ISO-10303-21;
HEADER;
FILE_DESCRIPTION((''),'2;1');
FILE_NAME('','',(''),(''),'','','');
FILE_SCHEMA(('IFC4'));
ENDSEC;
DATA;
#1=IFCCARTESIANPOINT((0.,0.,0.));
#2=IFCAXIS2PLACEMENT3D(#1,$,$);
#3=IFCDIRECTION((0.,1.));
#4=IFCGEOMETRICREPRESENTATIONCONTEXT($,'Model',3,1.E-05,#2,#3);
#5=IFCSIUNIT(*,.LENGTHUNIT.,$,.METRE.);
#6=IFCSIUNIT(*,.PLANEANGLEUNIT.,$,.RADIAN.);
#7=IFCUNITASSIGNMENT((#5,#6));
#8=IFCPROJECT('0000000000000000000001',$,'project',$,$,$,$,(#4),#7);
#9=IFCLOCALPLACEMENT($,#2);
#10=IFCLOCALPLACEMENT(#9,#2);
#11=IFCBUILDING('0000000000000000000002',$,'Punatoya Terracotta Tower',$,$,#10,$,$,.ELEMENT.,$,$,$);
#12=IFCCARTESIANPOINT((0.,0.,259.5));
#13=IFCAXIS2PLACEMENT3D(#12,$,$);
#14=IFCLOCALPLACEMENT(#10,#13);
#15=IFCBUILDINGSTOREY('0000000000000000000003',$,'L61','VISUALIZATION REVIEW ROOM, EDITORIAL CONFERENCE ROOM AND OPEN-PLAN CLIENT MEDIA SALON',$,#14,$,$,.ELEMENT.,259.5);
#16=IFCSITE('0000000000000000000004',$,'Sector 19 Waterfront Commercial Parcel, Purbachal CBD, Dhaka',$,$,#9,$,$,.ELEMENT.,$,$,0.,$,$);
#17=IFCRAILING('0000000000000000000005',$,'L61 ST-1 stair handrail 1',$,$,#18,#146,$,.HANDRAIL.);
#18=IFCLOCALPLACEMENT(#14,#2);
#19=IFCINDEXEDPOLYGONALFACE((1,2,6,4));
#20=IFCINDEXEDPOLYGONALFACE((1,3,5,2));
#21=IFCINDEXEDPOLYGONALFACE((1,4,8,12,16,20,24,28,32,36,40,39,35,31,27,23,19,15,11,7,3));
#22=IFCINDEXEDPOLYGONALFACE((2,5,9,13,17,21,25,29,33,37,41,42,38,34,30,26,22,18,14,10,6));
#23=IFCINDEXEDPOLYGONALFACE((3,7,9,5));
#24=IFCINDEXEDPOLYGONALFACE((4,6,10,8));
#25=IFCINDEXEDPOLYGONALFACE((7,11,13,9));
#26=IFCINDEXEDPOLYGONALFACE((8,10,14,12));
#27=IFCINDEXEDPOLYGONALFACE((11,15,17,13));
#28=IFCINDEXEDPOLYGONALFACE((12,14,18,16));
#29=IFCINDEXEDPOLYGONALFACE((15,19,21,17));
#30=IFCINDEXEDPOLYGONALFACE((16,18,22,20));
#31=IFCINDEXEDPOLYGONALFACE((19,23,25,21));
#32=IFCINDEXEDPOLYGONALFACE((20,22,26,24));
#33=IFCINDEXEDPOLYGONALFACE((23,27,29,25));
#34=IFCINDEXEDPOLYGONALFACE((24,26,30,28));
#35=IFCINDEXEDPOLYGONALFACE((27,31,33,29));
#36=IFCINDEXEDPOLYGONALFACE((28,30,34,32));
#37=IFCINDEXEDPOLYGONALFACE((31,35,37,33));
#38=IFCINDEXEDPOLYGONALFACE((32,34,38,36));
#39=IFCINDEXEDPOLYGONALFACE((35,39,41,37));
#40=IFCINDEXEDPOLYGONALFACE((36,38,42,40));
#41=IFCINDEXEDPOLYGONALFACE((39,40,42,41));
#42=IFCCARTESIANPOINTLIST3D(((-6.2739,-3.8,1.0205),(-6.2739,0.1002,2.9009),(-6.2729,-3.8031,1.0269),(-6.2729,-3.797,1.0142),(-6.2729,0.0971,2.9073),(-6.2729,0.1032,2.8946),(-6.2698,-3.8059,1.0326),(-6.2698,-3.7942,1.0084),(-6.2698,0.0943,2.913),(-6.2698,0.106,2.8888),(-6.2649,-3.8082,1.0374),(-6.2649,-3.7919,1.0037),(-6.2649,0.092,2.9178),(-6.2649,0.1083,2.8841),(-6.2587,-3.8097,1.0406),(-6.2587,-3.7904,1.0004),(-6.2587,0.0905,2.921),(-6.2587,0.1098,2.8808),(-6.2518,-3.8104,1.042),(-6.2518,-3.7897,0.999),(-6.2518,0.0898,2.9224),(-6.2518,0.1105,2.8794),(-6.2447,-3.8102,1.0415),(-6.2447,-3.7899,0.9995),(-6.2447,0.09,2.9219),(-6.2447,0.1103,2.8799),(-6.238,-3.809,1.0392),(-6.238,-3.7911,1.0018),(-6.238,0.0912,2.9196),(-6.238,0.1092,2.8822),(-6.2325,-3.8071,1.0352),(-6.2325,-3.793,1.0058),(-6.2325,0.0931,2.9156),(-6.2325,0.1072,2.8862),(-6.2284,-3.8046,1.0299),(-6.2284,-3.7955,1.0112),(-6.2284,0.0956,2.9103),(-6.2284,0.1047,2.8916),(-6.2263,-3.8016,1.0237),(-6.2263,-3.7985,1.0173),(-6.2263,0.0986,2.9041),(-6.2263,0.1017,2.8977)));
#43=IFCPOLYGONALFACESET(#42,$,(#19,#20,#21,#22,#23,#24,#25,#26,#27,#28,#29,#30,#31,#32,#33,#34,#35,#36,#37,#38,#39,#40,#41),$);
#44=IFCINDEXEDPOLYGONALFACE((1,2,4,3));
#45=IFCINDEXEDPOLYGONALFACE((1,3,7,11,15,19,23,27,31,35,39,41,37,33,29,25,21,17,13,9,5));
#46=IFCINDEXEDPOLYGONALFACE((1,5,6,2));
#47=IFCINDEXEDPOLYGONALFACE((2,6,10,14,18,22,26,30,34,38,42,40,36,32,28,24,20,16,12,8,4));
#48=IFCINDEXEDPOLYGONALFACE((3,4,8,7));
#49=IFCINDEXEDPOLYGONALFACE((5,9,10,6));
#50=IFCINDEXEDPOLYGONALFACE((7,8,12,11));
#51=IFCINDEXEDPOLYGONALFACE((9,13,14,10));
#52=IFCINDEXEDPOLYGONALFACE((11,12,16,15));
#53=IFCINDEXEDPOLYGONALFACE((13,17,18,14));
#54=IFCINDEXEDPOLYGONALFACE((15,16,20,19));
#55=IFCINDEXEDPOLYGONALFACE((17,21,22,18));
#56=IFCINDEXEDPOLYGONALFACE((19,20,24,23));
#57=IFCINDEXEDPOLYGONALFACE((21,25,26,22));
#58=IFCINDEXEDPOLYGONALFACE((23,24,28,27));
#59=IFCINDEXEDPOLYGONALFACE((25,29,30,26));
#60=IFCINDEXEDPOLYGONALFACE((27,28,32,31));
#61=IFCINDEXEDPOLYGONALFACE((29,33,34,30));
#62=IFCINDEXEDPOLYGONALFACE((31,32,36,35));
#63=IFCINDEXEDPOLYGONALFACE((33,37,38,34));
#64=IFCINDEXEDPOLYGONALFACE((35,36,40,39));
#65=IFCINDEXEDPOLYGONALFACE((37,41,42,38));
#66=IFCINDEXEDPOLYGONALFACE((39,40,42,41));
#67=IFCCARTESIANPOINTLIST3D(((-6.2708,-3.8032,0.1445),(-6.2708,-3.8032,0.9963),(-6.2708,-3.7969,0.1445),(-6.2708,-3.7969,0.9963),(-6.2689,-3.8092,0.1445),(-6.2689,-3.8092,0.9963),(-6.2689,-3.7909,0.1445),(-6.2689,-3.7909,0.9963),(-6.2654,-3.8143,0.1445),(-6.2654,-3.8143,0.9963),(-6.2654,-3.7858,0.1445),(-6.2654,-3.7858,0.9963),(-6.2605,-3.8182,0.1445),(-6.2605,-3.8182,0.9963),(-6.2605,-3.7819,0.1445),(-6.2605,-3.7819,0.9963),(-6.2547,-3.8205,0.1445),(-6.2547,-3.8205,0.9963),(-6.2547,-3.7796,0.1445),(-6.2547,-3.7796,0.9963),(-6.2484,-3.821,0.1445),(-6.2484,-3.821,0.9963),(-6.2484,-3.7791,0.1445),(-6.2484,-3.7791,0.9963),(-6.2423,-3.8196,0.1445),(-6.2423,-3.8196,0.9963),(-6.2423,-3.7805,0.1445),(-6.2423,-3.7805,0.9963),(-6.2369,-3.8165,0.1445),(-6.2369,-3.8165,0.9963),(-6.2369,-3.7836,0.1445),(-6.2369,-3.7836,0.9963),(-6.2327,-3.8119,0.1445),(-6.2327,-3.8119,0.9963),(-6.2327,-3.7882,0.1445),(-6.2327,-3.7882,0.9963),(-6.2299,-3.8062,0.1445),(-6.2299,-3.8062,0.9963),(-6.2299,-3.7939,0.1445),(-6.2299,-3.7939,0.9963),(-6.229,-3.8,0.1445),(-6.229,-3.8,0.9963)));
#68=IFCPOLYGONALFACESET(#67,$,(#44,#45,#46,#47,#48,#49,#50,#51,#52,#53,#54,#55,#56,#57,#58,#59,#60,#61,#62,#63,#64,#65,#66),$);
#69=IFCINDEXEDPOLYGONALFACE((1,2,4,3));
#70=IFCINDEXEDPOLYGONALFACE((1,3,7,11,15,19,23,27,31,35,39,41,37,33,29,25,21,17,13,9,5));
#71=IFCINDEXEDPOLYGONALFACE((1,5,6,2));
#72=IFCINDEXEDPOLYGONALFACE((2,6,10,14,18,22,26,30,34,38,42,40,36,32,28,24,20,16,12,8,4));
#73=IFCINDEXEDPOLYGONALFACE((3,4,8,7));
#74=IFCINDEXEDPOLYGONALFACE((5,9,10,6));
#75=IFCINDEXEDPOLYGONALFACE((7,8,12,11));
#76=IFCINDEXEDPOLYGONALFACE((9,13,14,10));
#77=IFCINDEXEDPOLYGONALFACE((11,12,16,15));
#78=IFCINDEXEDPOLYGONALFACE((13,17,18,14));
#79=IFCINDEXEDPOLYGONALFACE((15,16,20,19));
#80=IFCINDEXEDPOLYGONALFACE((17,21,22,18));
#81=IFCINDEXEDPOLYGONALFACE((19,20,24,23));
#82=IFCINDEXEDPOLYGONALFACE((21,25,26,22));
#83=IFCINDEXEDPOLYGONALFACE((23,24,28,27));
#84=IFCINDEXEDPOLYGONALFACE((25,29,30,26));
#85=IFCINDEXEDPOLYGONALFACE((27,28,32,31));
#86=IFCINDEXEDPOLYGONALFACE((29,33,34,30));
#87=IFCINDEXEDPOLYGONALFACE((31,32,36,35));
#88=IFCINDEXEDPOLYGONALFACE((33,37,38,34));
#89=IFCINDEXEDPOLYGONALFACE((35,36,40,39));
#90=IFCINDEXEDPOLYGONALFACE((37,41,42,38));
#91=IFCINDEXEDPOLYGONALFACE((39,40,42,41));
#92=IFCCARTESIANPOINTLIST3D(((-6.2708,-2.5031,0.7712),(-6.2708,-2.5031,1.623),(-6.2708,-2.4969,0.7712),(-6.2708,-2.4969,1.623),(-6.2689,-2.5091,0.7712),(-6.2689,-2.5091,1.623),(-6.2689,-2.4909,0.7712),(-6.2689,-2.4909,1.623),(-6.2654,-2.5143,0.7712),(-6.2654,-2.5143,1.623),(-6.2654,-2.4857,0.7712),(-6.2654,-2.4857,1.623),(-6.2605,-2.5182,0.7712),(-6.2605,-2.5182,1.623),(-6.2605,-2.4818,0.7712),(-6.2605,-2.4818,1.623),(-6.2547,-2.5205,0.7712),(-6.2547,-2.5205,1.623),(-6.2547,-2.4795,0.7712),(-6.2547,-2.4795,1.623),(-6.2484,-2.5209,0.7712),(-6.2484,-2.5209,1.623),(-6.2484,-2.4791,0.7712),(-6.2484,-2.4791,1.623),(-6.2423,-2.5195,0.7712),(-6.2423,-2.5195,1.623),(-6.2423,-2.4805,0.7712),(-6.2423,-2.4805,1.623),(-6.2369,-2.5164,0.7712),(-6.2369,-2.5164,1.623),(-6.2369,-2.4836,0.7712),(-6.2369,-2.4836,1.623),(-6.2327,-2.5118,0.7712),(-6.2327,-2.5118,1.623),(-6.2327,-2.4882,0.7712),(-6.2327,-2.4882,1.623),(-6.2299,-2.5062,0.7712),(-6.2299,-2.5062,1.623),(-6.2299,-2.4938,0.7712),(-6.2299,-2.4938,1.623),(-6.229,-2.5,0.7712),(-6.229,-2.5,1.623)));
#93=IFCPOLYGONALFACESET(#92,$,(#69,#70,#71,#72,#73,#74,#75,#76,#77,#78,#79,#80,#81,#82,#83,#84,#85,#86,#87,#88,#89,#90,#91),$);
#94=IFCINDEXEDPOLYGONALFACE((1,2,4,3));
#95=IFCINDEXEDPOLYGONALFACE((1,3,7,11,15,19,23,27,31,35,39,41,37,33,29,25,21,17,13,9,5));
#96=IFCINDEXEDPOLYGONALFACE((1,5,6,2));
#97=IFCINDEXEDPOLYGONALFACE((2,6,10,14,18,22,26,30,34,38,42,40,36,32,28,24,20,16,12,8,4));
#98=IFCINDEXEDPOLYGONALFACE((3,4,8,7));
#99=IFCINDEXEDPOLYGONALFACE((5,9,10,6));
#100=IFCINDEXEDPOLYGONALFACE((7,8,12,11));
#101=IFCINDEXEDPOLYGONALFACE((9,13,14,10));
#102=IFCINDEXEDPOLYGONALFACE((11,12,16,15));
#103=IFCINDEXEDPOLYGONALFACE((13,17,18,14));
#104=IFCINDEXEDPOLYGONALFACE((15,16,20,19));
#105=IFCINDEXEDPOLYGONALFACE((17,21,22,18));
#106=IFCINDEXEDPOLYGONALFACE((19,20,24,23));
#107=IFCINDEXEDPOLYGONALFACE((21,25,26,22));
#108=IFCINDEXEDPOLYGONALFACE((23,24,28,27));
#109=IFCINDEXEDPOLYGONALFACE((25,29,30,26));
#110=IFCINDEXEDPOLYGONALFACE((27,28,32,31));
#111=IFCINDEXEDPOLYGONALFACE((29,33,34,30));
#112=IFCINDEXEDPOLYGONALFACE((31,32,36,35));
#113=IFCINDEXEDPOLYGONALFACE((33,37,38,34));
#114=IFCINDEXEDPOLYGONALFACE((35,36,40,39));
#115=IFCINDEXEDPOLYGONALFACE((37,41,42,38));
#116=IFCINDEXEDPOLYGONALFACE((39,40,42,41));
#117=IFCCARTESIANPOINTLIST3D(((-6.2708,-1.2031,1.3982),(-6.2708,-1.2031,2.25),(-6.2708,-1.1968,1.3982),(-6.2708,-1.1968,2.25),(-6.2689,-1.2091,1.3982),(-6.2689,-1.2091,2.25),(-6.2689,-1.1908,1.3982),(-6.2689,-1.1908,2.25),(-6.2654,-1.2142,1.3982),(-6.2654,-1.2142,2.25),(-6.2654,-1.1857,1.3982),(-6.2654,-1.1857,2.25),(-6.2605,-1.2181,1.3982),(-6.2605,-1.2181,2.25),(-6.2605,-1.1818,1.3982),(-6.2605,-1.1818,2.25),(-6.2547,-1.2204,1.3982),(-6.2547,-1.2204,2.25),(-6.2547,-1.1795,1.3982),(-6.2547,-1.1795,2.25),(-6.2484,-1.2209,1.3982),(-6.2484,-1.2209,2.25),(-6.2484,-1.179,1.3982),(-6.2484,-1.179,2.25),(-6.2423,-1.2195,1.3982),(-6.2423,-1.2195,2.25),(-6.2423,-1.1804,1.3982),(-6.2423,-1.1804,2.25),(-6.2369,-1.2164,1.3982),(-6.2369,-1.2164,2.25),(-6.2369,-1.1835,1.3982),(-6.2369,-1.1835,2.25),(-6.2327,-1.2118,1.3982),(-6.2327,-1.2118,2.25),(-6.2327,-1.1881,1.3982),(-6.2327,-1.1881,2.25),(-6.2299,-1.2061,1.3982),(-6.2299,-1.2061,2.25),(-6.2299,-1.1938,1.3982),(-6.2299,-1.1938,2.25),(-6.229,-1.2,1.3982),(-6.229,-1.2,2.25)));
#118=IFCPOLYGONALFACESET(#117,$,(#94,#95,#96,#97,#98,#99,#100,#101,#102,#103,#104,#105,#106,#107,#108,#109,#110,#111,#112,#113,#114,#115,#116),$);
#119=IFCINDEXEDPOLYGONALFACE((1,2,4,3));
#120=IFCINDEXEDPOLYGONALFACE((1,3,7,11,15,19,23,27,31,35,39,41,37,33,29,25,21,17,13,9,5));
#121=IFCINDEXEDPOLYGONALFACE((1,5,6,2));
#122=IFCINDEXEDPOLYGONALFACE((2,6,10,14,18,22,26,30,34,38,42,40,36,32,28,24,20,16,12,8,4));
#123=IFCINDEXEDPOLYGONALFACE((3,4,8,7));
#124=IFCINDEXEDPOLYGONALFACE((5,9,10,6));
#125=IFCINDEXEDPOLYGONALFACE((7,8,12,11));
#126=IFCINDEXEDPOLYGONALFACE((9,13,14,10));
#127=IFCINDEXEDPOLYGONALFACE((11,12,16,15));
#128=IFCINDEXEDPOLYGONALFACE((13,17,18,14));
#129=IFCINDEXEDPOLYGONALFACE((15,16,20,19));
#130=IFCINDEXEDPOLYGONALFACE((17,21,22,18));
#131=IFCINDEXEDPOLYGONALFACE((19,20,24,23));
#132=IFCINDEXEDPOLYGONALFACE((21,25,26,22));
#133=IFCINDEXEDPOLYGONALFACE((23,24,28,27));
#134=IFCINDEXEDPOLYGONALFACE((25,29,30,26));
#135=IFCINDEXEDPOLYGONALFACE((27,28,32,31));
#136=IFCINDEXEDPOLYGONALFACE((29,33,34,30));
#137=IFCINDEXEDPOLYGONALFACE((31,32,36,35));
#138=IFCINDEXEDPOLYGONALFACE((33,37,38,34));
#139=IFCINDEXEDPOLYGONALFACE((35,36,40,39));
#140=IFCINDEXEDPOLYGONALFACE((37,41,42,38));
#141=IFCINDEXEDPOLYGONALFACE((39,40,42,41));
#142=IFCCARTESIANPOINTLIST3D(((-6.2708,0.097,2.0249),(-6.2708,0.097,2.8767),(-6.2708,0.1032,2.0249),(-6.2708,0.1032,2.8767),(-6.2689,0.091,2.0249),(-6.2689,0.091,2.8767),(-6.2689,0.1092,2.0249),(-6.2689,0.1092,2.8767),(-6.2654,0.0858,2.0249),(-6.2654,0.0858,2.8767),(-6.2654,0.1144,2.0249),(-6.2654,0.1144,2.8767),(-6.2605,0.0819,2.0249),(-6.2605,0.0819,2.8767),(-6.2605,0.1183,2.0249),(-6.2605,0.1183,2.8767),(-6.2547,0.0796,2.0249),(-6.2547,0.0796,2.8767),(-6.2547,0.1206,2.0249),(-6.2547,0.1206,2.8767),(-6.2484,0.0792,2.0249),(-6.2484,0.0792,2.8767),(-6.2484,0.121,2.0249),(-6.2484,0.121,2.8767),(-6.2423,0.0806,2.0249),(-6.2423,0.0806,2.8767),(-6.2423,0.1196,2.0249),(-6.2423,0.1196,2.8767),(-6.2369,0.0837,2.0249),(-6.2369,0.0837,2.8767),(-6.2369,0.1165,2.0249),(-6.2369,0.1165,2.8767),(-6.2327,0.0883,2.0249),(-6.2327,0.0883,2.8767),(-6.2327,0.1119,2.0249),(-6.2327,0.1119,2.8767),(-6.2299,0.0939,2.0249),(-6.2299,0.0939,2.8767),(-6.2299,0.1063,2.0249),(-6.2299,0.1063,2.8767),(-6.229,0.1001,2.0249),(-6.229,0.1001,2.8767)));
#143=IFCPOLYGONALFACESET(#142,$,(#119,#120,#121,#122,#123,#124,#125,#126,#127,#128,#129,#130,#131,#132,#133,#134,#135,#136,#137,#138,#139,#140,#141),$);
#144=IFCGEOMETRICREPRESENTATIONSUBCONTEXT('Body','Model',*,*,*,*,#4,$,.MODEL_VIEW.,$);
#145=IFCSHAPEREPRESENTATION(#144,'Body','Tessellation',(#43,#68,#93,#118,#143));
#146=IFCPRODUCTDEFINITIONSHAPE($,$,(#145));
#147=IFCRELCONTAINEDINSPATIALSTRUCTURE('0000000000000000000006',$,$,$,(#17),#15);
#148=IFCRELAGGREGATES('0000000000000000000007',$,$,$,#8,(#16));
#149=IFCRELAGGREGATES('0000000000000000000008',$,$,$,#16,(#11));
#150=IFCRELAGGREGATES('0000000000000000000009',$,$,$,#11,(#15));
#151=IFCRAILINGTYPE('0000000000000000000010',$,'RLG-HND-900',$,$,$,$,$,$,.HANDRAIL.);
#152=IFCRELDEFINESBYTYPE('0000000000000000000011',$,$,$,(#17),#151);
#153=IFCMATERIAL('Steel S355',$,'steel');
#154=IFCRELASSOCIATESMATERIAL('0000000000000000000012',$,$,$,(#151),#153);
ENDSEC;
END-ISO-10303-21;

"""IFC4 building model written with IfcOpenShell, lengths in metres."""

from ifc_helpers import new_model, si_unit, direction, frame, origin, origin_2d, place, context, subcontext, project, spatial, circle, extrude, material, type_object, element, save


model = new_model("IFC4")

# Units and contexts
model_context = context("Model", 3, precision=1e-05, world=origin(), true_north=direction((0.0, 1.0)))
body_context = subcontext(model_context, "Body", "Model", "MODEL_VIEW")
ifc_project = project(units=[si_unit("LENGTHUNIT", "METRE"), si_unit("PLANEANGLEUNIT", "RADIAN")], contexts=[model_context])

# Site, building, storey
site_placement = place(None, origin())
site = spatial("IfcSite", under=ifc_project, at=site_placement, Name="Sector 19 Waterfront Commercial Parcel, Purbachal CBD, Dhaka", CompositionType="ELEMENT", RefElevation=0.0)
building_placement = place(site_placement, origin())
building = spatial("IfcBuilding", under=site, at=building_placement, Name="Punatoya Terracotta Tower", CompositionType="ELEMENT")
storey_placement = place(building_placement, frame((0.0, 0.0, 259.5)))
storey = spatial("IfcBuildingStorey", under=building, at=storey_placement, Name="L61", Description="VISUALIZATION REVIEW ROOM, EDITORIAL CONFERENCE ROOM AND OPEN-PLAN CLIENT MEDIA SALON", CompositionType="ELEMENT", Elevation=259.5)

# Railing
ifc_material_1 = material(Name="Steel S355", Category="steel")
railing_type_1 = type_object("IfcRailingType", Name="RLG-HND-900", PredefinedType="HANDRAIL", material=ifc_material_1)
railing_1_placement = place(storey_placement, frame((-6.25, -3.8, 0.1445)))
element("IfcRailing", 1, at=railing_1_placement, inside=storey, type_object=railing_type_1, Name="L61 ST-1 stair handrail 1", PredefinedType="HANDRAIL", context=body_context, shape_type="SweptSolid", body=[
    extrude(circle(Radius=0.0239, at=origin_2d()), frame((0.0, 0.0, 0.876), z_axis=(0.0, 0.900774, 0.434289), x_axis=(-1.0, 0.0, 0.0)), (0.0, 0.0, 1.0), 4.3298),
    extrude(circle(Radius=0.021, at=origin_2d()), origin(), (0.0, 0.0, 1.0), 0.8518),
    extrude(circle(Radius=0.021, at=origin_2d()), frame((0.0, 1.3, 0.6267)), (0.0, 0.0, 1.0), 0.8518),
    extrude(circle(Radius=0.021, at=origin_2d()), frame((0.0, 2.6001, 1.2537)), (0.0, 0.0, 1.0), 0.8518),
    extrude(circle(Radius=0.021, at=origin_2d()), frame((0.0, 3.9001, 1.8804)), (0.0, 0.0, 1.0), 0.8518),
])

save(model, "model.ifc")
